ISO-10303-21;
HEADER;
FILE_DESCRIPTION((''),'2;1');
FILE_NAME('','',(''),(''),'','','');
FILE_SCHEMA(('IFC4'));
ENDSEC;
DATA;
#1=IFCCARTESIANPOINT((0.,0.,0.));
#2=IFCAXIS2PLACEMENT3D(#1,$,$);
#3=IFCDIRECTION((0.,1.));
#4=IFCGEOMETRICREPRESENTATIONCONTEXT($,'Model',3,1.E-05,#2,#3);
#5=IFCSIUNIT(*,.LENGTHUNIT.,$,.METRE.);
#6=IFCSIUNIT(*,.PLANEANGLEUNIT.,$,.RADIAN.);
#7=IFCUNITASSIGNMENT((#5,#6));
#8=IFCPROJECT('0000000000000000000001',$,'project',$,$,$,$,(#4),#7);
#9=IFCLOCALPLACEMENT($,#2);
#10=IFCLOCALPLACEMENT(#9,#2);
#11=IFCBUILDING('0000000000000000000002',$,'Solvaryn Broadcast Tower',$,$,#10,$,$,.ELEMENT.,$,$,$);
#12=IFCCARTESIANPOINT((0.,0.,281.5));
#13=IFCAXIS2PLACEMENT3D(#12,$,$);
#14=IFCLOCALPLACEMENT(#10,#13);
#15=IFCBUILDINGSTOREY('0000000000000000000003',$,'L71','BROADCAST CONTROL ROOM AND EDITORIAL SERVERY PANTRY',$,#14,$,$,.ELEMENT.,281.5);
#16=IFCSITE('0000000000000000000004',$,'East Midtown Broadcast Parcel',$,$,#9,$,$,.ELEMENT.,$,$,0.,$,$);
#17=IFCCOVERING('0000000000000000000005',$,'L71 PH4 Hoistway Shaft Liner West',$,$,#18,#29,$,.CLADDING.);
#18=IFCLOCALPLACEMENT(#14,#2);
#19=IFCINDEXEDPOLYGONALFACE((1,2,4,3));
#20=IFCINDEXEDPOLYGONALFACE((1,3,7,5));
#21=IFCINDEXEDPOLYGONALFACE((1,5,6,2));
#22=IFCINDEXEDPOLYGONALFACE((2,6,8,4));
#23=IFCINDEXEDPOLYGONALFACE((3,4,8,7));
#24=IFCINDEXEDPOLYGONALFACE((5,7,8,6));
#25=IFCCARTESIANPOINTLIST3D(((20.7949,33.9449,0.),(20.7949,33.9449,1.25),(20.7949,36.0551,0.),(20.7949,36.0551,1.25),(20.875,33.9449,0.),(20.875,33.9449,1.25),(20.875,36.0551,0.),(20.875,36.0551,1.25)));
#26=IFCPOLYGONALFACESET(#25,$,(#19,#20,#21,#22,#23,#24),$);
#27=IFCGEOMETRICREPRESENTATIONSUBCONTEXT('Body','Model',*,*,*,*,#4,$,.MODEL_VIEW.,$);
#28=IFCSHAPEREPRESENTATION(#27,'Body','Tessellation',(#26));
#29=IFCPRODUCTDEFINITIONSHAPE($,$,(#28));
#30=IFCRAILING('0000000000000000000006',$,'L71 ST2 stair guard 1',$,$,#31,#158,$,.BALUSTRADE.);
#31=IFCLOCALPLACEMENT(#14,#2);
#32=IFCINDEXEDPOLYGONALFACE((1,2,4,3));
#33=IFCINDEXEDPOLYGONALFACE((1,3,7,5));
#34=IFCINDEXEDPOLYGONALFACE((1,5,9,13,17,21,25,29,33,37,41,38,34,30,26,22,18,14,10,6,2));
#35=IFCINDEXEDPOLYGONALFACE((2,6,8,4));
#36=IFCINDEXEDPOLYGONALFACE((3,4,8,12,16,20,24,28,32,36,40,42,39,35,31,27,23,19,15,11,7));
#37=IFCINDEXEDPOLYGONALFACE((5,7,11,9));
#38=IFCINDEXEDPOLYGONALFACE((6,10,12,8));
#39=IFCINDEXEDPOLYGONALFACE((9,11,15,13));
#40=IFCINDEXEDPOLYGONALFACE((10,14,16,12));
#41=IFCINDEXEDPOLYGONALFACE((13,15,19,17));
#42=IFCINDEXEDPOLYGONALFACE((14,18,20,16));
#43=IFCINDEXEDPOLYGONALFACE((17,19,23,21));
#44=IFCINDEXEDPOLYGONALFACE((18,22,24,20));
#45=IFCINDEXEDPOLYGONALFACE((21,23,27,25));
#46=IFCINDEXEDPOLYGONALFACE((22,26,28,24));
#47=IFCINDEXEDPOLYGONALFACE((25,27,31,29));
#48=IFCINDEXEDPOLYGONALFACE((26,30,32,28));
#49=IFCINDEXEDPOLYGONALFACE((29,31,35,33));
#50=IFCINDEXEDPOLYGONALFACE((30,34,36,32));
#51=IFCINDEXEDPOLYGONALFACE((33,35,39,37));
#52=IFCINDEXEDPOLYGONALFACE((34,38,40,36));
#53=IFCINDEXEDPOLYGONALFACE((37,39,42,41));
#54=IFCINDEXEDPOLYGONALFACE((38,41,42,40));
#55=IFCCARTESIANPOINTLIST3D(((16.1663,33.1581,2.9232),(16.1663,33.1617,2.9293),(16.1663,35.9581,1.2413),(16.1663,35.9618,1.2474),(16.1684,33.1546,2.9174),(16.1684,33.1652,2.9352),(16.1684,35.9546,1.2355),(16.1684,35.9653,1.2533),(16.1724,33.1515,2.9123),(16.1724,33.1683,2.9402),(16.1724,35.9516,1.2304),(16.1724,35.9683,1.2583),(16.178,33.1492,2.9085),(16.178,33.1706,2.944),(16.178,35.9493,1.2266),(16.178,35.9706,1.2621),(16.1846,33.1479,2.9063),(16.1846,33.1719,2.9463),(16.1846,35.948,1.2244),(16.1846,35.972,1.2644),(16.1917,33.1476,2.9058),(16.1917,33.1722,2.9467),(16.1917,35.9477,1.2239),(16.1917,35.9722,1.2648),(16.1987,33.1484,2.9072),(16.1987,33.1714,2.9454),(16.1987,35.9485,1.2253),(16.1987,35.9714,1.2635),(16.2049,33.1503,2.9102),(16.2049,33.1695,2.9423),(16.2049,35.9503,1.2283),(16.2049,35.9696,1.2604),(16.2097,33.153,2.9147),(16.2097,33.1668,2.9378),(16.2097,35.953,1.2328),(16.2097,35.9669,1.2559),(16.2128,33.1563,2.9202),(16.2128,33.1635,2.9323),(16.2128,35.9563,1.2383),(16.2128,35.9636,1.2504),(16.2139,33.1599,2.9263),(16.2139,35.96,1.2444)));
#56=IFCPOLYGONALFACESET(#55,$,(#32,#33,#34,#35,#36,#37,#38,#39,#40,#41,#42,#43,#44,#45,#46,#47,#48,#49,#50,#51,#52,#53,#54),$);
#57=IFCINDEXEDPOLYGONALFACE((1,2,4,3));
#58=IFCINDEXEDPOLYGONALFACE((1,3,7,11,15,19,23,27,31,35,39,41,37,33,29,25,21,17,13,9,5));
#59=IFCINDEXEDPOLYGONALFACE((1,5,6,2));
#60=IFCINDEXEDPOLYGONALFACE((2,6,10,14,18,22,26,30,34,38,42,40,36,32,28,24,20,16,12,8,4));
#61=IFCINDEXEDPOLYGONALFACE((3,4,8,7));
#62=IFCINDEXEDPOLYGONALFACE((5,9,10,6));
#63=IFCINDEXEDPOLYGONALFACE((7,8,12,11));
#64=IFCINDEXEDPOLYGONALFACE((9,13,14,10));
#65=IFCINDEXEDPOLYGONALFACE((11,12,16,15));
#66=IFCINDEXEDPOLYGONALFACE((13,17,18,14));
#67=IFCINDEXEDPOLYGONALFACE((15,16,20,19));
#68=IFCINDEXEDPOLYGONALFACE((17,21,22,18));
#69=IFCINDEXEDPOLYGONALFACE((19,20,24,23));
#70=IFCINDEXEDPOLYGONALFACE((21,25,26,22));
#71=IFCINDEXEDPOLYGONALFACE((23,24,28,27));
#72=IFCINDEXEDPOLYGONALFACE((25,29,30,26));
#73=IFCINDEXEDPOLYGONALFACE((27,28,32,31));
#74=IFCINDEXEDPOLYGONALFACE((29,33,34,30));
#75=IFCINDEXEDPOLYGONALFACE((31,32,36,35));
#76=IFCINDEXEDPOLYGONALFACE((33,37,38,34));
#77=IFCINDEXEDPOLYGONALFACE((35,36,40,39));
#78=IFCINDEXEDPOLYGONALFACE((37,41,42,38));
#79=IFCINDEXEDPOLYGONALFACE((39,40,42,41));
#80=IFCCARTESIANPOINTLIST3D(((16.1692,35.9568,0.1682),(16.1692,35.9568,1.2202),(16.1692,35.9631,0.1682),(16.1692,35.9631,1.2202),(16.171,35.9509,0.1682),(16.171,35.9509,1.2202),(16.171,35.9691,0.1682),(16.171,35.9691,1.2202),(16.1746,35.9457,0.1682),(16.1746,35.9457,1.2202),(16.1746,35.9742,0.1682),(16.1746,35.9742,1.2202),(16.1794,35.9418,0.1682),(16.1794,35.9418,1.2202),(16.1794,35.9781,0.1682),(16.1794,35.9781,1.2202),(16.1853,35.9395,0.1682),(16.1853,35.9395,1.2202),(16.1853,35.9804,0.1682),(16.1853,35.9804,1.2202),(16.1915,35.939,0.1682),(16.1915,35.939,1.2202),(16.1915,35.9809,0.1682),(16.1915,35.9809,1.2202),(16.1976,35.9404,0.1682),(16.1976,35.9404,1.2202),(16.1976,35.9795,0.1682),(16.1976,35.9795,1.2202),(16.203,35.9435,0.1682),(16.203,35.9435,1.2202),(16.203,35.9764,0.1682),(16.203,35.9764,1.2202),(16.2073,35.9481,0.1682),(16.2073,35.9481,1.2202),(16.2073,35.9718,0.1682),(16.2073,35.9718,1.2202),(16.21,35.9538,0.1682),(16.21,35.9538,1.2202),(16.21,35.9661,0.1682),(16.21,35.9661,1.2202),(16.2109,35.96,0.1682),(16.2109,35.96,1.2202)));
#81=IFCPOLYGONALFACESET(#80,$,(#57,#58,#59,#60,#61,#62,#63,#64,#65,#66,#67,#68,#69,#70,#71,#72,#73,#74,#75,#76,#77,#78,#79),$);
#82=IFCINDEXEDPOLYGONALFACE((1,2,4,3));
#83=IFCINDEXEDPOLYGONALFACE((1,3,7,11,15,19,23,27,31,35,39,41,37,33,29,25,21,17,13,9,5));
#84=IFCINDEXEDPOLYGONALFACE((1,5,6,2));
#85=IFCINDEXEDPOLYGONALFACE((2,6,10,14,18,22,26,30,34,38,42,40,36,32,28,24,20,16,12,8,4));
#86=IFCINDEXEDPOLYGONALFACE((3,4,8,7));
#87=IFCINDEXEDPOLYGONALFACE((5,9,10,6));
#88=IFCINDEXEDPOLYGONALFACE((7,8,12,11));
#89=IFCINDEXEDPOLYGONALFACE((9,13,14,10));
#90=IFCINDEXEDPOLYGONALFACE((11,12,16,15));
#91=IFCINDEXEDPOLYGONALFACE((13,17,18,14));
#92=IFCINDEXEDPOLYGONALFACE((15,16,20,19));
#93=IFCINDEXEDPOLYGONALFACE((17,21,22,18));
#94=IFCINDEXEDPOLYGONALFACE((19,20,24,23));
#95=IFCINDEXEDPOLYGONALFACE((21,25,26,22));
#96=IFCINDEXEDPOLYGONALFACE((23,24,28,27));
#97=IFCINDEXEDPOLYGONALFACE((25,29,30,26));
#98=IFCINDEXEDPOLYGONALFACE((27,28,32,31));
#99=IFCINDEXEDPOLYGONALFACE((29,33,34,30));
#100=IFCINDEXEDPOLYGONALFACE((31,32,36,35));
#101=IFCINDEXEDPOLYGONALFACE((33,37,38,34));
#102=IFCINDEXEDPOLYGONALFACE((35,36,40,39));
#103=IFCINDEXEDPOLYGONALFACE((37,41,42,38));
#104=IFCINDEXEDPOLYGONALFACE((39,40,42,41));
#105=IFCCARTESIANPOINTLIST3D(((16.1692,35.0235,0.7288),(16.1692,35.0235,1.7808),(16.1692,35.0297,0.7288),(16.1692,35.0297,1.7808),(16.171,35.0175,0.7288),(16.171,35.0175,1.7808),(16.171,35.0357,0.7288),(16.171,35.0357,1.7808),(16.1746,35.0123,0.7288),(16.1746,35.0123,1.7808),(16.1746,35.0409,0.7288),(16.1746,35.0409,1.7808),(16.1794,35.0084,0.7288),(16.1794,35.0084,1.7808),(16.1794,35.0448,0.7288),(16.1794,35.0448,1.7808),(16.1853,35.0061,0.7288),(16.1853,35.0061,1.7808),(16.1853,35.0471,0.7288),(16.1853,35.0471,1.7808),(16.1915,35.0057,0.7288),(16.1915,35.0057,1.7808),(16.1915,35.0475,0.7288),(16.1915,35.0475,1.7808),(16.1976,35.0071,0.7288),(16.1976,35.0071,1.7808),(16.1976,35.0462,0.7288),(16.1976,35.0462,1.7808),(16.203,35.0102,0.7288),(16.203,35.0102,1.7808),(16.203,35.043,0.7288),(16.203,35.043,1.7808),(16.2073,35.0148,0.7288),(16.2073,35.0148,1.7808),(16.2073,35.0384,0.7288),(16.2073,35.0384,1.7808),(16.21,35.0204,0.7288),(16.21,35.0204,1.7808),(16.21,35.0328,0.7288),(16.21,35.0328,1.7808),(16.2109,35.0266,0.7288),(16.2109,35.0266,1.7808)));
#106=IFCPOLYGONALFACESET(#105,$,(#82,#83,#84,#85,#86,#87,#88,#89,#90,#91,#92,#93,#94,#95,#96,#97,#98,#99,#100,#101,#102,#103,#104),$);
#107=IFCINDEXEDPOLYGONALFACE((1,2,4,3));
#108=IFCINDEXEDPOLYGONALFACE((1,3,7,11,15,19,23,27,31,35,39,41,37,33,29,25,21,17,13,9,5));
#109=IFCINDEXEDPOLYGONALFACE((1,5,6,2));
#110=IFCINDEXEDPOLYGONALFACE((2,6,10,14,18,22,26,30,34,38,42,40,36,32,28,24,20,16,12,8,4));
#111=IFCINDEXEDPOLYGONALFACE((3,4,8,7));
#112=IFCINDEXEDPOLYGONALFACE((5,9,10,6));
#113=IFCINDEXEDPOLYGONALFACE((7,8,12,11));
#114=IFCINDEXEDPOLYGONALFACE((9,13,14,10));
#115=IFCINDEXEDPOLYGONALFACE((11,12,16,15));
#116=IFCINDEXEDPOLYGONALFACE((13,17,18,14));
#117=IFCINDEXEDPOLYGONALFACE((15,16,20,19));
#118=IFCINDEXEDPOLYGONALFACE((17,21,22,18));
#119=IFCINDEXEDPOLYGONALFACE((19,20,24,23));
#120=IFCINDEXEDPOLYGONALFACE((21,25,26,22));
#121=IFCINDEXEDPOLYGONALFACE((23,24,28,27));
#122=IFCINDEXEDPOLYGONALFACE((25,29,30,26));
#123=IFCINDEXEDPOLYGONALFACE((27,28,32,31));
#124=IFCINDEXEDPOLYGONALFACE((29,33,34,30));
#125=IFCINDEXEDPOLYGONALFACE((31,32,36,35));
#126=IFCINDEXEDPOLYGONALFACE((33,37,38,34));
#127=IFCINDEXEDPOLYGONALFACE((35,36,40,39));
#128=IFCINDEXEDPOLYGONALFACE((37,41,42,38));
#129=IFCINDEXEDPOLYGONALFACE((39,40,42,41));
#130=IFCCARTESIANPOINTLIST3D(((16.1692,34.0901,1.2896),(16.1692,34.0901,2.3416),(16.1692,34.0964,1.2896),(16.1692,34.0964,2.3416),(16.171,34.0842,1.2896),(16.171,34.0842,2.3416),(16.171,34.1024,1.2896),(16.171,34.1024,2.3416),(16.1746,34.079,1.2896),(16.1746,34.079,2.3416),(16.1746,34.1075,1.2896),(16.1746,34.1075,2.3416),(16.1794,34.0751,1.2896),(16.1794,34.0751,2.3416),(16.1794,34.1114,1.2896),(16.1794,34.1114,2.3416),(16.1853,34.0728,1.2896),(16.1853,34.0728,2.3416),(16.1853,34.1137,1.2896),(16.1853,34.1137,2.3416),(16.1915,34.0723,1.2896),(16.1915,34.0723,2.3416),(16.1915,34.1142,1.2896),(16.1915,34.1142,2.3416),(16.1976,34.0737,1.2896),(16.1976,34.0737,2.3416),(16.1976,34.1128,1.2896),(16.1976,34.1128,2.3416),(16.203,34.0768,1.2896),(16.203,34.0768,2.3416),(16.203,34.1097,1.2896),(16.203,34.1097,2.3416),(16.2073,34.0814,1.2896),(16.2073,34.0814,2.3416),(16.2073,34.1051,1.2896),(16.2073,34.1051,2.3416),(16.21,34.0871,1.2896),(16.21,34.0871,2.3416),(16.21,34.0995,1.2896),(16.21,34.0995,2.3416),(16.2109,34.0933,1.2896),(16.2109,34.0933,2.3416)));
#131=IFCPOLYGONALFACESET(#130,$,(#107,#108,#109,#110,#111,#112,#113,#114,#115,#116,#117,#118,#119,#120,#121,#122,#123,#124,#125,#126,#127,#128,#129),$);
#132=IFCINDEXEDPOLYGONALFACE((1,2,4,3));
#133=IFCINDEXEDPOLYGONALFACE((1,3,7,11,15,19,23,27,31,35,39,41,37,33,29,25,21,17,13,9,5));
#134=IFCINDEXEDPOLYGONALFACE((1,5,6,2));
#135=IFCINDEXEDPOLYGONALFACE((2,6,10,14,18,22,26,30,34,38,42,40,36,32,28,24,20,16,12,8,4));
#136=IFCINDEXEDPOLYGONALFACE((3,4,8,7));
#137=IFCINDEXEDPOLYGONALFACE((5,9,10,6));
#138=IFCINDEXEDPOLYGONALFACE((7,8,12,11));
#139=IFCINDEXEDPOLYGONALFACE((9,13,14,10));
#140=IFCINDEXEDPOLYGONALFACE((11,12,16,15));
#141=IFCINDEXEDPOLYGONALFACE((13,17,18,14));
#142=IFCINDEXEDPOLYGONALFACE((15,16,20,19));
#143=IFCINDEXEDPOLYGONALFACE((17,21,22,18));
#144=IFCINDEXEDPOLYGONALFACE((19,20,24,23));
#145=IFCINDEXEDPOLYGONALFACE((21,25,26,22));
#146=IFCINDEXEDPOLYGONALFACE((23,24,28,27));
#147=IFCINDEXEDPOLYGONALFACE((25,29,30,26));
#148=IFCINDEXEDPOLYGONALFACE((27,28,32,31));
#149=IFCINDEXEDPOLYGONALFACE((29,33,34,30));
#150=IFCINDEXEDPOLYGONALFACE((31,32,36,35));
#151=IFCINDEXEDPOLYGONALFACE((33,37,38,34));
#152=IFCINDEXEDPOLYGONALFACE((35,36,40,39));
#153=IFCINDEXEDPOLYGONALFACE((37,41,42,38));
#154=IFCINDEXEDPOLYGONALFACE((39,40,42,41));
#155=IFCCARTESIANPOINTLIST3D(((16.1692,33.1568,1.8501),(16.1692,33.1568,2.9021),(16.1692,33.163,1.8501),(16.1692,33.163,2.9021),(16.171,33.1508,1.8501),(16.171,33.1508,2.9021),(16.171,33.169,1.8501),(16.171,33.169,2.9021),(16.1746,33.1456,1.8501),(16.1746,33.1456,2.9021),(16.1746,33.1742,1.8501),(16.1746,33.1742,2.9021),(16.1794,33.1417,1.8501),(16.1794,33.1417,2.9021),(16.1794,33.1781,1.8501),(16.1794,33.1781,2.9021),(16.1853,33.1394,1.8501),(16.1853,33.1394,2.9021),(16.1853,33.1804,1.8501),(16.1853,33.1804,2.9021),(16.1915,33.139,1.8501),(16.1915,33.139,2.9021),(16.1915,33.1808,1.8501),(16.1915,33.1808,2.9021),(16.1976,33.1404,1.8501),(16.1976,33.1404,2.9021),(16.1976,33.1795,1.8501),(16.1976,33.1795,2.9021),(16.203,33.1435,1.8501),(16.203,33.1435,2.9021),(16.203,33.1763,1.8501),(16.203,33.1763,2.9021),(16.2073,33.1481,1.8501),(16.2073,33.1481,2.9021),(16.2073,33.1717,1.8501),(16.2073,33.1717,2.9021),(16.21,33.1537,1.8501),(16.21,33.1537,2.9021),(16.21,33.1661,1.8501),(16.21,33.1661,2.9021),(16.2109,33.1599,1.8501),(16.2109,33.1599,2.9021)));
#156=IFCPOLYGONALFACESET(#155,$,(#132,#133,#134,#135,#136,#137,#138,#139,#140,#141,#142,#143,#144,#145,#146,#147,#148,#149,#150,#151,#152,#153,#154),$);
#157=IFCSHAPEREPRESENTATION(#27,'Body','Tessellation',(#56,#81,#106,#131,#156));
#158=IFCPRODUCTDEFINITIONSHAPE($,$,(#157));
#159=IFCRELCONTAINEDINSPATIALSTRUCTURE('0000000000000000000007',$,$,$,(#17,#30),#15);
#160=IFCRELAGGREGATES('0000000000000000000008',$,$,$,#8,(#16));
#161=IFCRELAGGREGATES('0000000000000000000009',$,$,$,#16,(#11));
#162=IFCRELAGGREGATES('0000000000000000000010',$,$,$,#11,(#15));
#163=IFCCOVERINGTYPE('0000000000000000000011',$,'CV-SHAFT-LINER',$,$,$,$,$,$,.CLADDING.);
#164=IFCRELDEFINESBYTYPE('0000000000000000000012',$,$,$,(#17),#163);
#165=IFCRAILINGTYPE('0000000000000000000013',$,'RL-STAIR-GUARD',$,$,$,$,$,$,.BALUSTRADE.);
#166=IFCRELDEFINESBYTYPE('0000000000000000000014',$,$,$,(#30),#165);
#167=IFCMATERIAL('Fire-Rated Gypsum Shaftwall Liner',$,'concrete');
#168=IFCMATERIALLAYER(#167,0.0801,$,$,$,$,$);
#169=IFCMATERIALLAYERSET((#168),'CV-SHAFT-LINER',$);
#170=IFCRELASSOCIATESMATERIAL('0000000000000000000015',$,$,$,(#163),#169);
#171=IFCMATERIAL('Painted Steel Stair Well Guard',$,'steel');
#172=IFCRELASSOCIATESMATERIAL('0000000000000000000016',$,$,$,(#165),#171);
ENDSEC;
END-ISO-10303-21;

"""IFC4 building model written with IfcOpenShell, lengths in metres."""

from ifc_helpers import new_model, si_unit, direction, frame, origin, origin_2d, place, context, subcontext, project, spatial, rectangle, circle, extrude, material, layer, layer_set, type_object, element, save


model = new_model("IFC4")

# Units and contexts
model_context = context("Model", 3, precision=1e-05, world=origin(), true_north=direction((0.0, 1.0)))
body_context = subcontext(model_context, "Body", "Model", "MODEL_VIEW")
ifc_project = project(units=[si_unit("LENGTHUNIT", "METRE"), si_unit("PLANEANGLEUNIT", "RADIAN")], contexts=[model_context])

# Site, building, storey
site_placement = place(None, origin())
site = spatial("IfcSite", under=ifc_project, at=site_placement, Name="East Midtown Broadcast Parcel", CompositionType="ELEMENT", RefElevation=0.0)
building_placement = place(site_placement, origin())
building = spatial("IfcBuilding", under=site, at=building_placement, Name="Solvaryn Broadcast Tower", CompositionType="ELEMENT")
storey_placement = place(building_placement, frame((0.0, 0.0, 281.5)))
storey = spatial("IfcBuildingStorey", under=building, at=storey_placement, Name="L71", Description="BROADCAST CONTROL ROOM AND EDITORIAL SERVERY PANTRY", CompositionType="ELEMENT", Elevation=281.5)

# Covering
ifc_material_1 = material(Name="Fire-Rated Gypsum Shaftwall Liner", Category="concrete")
ifc_layer_1 = layer(ifc_material_1, 0.0801)
ifc_layer_set_1 = layer_set([ifc_layer_1], Name="CV-SHAFT-LINER")
covering_type = type_object("IfcCoveringType", Name="CV-SHAFT-LINER", PredefinedType="CLADDING", material=ifc_layer_set_1)
for number, where, z_axis, x_axis, name in (
    (1, (20.835, 35.0, 0.0), (0.0, 0.0, 1.0), (1.0, 0.0, 0.0), "L71 PH4 Hoistway Shaft Liner West"),
):
    element("IfcCovering", number, at=place(storey_placement, frame(where, z_axis=z_axis, x_axis=x_axis)), inside=storey, type_object=covering_type, Name=name, PredefinedType="CLADDING", context=body_context, shape_type="SweptSolid", body=[
        extrude(rectangle(XDim=0.0801, YDim=2.1101, at=origin_2d()), origin(), (0.0, 0.0, 1.0), 1.25),
    ])

# Railing
ifc_material_2 = material(Name="Painted Steel Stair Well Guard", Category="steel")
railing_type_1 = type_object("IfcRailingType", Name="RL-STAIR-GUARD", PredefinedType="BALUSTRADE", material=ifc_material_2)
railing_1_placement = place(storey_placement, frame((16.1899, 35.96, 0.1682)))
element("IfcRailing", 2, at=railing_1_placement, inside=storey, type_object=railing_type_1, Name="L71 ST2 stair guard 1", PredefinedType="BALUSTRADE", context=body_context, shape_type="SweptSolid", body=[
    extrude(circle(Radius=0.0239, at=origin_2d()), frame((0.0, 0.0, 1.0762), z_axis=(0.0, -0.857242, 0.514913), x_axis=(1.0, 0.0, 0.0)), (0.0, 0.0, 1.0), 3.2664),
    extrude(circle(Radius=0.021, at=origin_2d()), origin(), (0.0, 0.0, 1.0), 1.052),
    extrude(circle(Radius=0.021, at=origin_2d()), frame((0.0, -0.9333, 0.5605)), (0.0, 0.0, 1.0), 1.052),
    extrude(circle(Radius=0.021, at=origin_2d()), frame((0.0, -1.8667, 1.1213)), (0.0, 0.0, 1.0), 1.052),
    extrude(circle(Radius=0.021, at=origin_2d()), frame((0.0, -2.8, 1.6819)), (0.0, 0.0, 1.0), 1.052),
])

save(model, "model.ifc")
